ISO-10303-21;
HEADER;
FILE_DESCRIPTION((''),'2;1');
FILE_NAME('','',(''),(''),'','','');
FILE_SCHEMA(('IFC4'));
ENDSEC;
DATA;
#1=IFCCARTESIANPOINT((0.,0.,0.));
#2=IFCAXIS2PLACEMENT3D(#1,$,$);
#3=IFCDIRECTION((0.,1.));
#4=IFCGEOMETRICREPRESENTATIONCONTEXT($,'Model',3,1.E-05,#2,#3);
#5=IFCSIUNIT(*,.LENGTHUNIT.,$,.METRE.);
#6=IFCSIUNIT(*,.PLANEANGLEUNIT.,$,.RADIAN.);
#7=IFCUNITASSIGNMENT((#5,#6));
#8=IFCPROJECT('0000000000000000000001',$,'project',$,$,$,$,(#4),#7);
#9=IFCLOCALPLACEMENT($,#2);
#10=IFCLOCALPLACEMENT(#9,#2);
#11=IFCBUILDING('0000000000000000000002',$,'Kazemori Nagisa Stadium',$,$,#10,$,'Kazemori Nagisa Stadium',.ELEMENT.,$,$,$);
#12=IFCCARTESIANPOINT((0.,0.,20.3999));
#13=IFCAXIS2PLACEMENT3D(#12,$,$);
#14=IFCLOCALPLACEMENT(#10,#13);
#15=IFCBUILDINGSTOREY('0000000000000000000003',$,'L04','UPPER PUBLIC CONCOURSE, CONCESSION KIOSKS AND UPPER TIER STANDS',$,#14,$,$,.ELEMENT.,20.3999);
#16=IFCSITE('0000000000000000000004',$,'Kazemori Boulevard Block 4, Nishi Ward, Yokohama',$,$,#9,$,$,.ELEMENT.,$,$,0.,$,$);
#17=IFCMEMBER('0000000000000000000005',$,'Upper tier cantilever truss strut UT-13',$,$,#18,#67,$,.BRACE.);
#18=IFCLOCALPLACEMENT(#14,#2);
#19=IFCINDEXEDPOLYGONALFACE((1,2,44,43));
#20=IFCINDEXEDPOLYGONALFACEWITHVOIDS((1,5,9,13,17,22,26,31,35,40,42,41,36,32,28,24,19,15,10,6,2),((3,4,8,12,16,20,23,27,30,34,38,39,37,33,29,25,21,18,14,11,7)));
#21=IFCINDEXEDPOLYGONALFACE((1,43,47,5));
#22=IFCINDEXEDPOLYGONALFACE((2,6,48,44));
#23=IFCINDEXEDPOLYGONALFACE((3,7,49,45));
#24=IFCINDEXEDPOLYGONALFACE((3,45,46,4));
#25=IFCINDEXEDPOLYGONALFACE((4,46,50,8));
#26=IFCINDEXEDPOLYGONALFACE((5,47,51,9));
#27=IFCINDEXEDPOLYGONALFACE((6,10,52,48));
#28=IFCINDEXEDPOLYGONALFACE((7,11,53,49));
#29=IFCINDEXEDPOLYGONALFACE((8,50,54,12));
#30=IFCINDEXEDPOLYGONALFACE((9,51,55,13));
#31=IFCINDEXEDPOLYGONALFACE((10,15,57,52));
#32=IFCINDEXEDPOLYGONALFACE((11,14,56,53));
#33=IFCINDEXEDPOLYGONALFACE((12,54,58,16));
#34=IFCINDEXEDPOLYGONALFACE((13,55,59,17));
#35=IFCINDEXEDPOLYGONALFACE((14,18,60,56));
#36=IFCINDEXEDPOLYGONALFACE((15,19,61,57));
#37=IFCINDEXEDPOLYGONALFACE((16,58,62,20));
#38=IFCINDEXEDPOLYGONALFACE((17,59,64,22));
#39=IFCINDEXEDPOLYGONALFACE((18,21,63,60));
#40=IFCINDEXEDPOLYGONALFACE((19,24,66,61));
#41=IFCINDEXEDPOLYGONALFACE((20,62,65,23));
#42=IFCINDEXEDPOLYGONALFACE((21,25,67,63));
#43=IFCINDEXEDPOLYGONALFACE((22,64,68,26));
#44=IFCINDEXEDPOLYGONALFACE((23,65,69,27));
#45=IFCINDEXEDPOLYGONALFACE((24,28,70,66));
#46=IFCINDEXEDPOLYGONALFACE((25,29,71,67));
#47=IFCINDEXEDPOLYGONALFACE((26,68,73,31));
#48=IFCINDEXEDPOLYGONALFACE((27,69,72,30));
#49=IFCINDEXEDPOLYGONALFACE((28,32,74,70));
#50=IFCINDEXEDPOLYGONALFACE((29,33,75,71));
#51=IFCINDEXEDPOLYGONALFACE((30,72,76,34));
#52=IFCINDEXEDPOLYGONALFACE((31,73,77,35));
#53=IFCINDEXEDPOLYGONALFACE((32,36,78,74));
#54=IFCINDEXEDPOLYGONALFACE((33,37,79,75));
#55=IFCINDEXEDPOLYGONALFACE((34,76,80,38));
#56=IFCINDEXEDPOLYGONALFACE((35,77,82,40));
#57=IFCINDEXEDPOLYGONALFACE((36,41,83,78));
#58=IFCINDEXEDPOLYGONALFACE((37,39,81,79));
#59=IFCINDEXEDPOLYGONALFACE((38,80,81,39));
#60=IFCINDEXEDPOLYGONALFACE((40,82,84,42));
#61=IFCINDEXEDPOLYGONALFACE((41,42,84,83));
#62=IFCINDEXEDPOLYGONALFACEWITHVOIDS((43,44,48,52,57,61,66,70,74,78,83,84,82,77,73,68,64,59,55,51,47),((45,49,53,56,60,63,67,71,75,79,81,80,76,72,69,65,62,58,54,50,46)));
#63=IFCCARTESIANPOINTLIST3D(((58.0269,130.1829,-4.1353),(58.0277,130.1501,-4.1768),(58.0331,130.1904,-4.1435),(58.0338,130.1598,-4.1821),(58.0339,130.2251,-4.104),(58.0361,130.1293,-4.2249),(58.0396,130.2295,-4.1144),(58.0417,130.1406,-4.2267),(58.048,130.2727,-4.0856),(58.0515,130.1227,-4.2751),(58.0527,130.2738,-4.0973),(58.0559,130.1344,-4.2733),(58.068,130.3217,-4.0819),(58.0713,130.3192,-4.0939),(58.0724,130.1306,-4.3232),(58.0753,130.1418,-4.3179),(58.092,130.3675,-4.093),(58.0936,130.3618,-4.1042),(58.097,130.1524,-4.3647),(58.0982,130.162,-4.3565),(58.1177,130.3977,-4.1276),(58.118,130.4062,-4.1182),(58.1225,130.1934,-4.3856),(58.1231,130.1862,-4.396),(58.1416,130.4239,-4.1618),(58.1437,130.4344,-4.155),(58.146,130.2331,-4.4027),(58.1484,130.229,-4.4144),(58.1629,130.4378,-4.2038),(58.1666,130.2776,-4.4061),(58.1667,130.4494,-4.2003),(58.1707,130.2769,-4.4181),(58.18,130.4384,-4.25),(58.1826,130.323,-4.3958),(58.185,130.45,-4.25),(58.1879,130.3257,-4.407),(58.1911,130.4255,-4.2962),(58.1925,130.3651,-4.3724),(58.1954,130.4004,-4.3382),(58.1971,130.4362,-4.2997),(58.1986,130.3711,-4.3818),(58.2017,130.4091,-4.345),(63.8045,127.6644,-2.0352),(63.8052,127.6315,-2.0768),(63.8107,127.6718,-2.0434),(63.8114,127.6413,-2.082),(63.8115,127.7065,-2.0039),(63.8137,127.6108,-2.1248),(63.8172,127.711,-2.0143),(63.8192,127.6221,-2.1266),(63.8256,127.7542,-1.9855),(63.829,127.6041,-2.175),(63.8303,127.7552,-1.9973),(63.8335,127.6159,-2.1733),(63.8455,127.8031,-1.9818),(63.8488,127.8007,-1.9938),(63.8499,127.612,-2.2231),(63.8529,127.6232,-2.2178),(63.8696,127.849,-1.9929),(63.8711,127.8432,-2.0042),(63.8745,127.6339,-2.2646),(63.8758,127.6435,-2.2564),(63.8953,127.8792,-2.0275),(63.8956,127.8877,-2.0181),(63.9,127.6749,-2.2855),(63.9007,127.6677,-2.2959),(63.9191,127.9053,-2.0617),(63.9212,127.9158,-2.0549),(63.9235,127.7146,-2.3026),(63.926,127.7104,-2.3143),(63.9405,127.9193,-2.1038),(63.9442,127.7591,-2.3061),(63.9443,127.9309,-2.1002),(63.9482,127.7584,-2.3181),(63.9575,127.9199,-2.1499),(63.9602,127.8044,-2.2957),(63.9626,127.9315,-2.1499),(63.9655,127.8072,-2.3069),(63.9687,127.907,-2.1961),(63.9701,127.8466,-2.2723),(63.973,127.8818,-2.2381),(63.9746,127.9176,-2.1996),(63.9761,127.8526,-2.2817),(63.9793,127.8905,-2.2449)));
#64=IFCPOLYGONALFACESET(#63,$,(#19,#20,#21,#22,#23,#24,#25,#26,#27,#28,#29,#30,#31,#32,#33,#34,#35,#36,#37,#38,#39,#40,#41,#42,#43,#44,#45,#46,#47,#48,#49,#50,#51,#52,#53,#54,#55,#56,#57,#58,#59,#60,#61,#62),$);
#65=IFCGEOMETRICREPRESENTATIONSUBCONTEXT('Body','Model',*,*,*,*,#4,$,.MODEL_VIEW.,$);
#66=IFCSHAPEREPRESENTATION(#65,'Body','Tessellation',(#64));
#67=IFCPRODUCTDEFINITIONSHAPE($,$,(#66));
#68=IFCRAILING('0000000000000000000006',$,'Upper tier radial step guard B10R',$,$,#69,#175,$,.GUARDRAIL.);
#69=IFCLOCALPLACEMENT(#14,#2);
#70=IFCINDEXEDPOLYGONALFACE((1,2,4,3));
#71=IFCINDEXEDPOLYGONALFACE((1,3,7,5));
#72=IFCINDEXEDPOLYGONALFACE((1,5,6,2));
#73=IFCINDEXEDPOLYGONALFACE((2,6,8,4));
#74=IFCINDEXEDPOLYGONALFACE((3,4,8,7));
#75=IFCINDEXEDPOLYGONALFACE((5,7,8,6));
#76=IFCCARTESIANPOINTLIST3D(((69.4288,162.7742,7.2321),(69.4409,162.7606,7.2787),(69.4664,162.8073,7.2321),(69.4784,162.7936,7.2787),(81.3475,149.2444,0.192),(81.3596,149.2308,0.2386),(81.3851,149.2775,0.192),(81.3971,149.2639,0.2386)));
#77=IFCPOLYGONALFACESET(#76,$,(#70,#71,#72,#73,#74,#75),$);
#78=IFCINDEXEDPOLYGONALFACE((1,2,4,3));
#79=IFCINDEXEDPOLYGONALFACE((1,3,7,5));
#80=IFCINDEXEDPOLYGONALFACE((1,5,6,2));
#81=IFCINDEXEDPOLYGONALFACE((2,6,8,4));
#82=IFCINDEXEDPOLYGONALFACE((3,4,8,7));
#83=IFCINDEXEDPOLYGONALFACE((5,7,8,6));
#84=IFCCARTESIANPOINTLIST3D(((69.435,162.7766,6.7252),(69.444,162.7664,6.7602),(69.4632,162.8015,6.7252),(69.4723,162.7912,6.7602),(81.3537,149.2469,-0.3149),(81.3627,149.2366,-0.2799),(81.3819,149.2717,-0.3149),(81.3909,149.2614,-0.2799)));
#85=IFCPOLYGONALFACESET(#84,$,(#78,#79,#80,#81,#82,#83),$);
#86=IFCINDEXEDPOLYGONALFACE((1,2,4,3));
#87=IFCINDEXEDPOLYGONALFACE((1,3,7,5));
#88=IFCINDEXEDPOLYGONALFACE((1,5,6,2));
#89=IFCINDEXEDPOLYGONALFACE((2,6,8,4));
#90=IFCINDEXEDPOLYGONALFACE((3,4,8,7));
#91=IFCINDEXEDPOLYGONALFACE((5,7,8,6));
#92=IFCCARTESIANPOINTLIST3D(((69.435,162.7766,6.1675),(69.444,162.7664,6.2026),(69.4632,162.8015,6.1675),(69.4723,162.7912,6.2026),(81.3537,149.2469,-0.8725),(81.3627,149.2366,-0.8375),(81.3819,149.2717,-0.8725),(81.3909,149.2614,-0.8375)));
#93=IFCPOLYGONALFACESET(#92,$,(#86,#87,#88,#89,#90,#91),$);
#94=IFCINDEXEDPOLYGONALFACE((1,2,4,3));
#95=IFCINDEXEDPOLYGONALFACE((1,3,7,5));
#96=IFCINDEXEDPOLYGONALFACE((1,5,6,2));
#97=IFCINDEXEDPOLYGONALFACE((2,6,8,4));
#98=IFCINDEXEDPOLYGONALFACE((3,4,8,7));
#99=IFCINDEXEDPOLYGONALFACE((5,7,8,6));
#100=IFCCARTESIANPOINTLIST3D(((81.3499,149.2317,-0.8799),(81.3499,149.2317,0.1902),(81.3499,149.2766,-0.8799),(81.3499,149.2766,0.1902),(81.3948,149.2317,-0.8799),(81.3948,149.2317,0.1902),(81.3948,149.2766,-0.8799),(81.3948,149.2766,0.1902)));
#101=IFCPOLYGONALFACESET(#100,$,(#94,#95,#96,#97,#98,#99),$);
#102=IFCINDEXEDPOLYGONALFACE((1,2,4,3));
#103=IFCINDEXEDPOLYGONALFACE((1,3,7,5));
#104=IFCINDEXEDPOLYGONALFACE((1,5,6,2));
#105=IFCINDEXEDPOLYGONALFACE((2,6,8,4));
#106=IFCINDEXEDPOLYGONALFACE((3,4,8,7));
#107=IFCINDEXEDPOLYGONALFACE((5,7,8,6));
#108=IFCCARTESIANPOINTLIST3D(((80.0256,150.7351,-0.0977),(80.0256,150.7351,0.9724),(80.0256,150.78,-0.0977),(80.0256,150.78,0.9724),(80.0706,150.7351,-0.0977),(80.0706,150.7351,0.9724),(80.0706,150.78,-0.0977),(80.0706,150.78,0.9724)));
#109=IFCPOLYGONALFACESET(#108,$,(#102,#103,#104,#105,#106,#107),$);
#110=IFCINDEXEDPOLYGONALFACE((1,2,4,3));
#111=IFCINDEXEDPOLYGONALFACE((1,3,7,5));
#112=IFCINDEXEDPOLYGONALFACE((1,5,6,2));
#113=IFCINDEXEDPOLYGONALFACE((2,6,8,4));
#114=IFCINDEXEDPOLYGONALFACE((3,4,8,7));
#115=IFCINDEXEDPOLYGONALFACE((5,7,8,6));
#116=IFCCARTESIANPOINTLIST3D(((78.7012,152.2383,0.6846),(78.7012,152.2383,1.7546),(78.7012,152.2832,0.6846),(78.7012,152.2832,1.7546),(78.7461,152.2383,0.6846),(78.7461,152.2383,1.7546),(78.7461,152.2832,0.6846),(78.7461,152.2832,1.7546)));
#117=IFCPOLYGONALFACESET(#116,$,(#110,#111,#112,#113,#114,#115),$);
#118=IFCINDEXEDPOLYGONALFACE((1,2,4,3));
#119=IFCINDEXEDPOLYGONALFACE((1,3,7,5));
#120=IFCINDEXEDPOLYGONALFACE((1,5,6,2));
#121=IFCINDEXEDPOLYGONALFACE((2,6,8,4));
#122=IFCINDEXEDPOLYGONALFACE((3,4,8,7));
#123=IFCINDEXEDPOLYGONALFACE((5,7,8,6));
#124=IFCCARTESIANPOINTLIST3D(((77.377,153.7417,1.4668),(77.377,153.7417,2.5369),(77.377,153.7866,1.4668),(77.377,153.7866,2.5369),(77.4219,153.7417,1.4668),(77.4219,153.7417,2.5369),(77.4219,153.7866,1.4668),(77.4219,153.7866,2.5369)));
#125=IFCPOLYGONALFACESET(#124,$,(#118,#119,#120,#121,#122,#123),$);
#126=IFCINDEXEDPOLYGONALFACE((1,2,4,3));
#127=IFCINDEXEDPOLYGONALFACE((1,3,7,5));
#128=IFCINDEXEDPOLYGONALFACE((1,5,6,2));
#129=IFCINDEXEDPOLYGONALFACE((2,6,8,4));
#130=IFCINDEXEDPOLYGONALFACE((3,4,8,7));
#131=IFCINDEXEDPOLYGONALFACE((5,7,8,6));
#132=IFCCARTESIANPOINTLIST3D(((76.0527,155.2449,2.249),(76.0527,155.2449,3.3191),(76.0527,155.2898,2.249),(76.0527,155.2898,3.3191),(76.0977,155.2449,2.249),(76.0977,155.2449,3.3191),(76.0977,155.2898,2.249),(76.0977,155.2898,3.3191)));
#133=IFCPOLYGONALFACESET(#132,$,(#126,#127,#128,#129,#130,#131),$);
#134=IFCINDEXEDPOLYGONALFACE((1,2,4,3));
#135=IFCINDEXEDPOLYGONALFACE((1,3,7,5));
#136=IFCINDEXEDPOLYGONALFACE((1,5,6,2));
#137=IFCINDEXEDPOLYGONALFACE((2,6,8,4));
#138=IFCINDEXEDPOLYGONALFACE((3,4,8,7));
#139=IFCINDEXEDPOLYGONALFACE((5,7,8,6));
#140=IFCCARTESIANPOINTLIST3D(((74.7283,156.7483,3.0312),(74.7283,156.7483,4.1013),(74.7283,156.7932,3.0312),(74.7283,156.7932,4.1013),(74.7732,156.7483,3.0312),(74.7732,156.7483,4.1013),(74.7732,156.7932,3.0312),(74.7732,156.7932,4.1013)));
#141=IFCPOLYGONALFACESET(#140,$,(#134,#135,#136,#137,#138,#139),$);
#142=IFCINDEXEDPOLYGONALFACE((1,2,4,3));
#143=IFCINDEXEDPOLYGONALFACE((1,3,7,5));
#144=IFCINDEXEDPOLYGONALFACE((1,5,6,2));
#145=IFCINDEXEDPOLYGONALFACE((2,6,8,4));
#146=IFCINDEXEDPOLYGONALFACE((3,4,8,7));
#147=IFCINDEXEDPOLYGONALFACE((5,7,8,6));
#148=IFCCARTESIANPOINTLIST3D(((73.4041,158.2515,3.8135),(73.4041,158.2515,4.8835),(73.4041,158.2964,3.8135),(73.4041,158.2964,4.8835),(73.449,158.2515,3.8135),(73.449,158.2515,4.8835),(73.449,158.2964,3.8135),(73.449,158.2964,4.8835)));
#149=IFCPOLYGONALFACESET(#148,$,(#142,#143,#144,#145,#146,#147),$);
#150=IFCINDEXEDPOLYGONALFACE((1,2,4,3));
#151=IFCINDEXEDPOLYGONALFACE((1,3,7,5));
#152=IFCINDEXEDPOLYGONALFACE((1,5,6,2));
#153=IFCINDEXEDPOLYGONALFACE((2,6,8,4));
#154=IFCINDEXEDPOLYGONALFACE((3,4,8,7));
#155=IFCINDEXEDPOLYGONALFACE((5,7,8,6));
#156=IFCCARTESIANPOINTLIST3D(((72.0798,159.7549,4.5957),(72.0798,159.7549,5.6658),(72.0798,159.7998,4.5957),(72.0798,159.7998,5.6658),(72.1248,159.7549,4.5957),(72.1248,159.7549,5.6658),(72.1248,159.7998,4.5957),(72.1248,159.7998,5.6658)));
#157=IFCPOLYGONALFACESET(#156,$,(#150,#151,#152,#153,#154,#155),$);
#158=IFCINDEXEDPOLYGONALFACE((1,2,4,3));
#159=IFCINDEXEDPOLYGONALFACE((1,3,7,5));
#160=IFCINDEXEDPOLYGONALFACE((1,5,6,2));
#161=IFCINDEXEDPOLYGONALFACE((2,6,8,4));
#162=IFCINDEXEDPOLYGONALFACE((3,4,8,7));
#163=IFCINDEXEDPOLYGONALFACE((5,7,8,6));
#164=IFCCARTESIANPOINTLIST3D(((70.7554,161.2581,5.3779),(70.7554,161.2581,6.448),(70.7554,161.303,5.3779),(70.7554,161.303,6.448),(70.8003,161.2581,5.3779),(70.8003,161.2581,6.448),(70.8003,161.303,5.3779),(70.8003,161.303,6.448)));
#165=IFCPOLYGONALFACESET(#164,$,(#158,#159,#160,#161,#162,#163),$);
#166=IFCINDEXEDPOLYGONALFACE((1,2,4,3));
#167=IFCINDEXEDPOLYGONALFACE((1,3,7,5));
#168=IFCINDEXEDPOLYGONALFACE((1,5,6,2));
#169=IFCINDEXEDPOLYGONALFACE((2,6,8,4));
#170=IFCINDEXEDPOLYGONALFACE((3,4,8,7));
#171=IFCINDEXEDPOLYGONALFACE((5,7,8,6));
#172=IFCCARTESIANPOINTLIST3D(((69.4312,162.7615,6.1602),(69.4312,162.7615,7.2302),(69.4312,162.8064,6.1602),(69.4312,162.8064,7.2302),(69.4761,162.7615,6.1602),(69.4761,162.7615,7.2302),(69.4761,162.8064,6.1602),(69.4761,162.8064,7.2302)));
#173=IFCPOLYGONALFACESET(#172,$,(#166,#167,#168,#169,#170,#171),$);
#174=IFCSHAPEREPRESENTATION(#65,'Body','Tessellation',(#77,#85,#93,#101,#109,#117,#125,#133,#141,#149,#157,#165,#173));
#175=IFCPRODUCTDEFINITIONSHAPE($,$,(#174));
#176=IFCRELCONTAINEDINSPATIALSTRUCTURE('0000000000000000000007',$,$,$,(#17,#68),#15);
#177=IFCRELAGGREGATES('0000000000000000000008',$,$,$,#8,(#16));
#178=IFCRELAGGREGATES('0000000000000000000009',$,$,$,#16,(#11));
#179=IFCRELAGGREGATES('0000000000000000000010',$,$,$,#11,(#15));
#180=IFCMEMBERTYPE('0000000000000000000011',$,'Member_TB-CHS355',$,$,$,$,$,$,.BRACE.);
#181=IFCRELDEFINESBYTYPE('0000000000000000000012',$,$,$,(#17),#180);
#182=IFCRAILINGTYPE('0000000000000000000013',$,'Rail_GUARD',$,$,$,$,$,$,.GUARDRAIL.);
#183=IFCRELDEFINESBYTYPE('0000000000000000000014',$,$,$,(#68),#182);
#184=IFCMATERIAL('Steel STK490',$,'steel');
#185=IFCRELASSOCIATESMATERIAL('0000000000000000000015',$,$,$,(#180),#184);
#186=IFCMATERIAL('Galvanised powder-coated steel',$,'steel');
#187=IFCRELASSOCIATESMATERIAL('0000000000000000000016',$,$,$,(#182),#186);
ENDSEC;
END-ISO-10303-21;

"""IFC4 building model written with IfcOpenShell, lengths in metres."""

from ifc_helpers import new_model, si_unit, direction, frame, origin, origin_2d, place, context, subcontext, project, spatial, rectangle, hollow_circle, extrude, material, material_profile, profile_set, type_object, element, save


model = new_model("IFC4")

# Units and contexts
model_context = context("Model", 3, precision=1e-05, world=origin(), true_north=direction((0.0, 1.0)))
body_context = subcontext(model_context, "Body", "Model", "MODEL_VIEW")
ifc_project = project(units=[si_unit("LENGTHUNIT", "METRE"), si_unit("PLANEANGLEUNIT", "RADIAN")], contexts=[model_context])

# Site, building, storey
site_placement = place(None, origin())
site = spatial("IfcSite", under=ifc_project, at=site_placement, Name="Kazemori Boulevard Block 4, Nishi Ward, Yokohama", CompositionType="ELEMENT", RefElevation=0.0)
building_placement = place(site_placement, origin())
building = spatial("IfcBuilding", under=site, at=building_placement, Name="Kazemori Nagisa Stadium", LongName="Kazemori Nagisa Stadium", CompositionType="ELEMENT")
storey_placement = place(building_placement, frame((0.0, 0.0, 20.3999)))
storey = spatial("IfcBuildingStorey", under=building, at=storey_placement, Name="L04", Description="UPPER PUBLIC CONCOURSE, CONCESSION KIOSKS AND UPPER TIER STANDS", CompositionType="ELEMENT", Elevation=20.3999)

# Member
ifc_material_1 = material(Name="Steel STK490", Category="steel")
ifc_material_profile_1 = material_profile(ifc_material_1, hollow_circle(Radius=0.1777, WallThickness=0.0127, at=origin_2d()), Name="CHS-355.6x12.7")
ifc_profile_set_1 = profile_set([ifc_material_profile_1], Name="Steel STK490")
member_type = type_object("IfcMemberType", Name="Member_TB-CHS355", PredefinedType="BRACE", material=ifc_profile_set_1)
member_1_placement = place(storey_placement, frame((58.114, 130.2871, -4.25), z_axis=(0.86968, -0.379109, 0.31612), x_axis=(0.399601, 0.916689, 0.0)))
element("IfcMember", 1, at=member_1_placement, inside=storey, type_object=member_type, Name="Upper tier cantilever truss strut UT-13", PredefinedType="BRACE", context=body_context, shape_type="SweptSolid", body=[
    extrude(hollow_circle(Radius=0.1777, WallThickness=0.0127, at=origin_2d()), origin(), (0.0, 0.0, 1.0), 6.6433),
])

# Railing
ifc_material_2 = material(Name="Galvanised powder-coated steel", Category="steel")
railing_type = type_object("IfcRailingType", Name="Rail_GUARD", PredefinedType="GUARDRAIL", material=ifc_material_2)
railing_1_placement = place(storey_placement, frame((81.3723, 149.2542, -0.8799)))
element("IfcRailing", 2, at=railing_1_placement, inside=storey, type_object=railing_type, Name="Upper tier radial step guard B10R", PredefinedType="GUARDRAIL", context=body_context, shape_type="SweptSolid", body=[
    extrude(rectangle(XDim=0.05, YDim=0.05, at=origin_2d()), frame((0.0, 0.0, 1.0952), z_axis=(-0.615748, 0.69898, 0.363705), x_axis=(-0.75037, -0.661018, 0.0)), (0.0, 0.0, 1.0), 19.3564),
    extrude(rectangle(XDim=0.0376, YDim=0.0376, at=origin_2d()), frame((0.0, 0.0, 0.5825), z_axis=(-0.615748, 0.69898, 0.363705), x_axis=(-0.75037, -0.661018, 0.0)), (0.0, 0.0, 1.0), 19.3564),
    extrude(rectangle(XDim=0.0376, YDim=0.0376, at=origin_2d()), frame((0.0, 0.0, 0.0249), z_axis=(-0.615748, 0.69898, 0.363705), x_axis=(-0.75037, -0.661018, 0.0)), (0.0, 0.0, 1.0), 19.3564),
    extrude(rectangle(XDim=0.0449, YDim=0.0449, at=origin_2d()), origin(), (0.0, 0.0, 1.0), 1.0701),
    extrude(rectangle(XDim=0.0449, YDim=0.0449, at=origin_2d()), frame((-1.3242, 1.5034, 0.7822)), (0.0, 0.0, 1.0), 1.0701),
    extrude(rectangle(XDim=0.0449, YDim=0.0449, at=origin_2d()), frame((-2.6487, 3.0066, 1.5645)), (0.0, 0.0, 1.0), 1.0701),
    extrude(rectangle(XDim=0.0449, YDim=0.0449, at=origin_2d()), frame((-3.9729, 4.51, 2.3467)), (0.0, 0.0, 1.0), 1.0701),
    extrude(rectangle(XDim=0.0449, YDim=0.0449, at=origin_2d()), frame((-5.2971, 6.0132, 3.1289)), (0.0, 0.0, 1.0), 1.0701),
    extrude(rectangle(XDim=0.0449, YDim=0.0449, at=origin_2d()), frame((-6.6216, 7.5166, 3.9111)), (0.0, 0.0, 1.0), 1.0701),
    extrude(rectangle(XDim=0.0449, YDim=0.0449, at=origin_2d()), frame((-7.9458, 9.0198, 4.6934)), (0.0, 0.0, 1.0), 1.0701),
    extrude(rectangle(XDim=0.0449, YDim=0.0449, at=origin_2d()), frame((-9.27, 10.5232, 5.4756)), (0.0, 0.0, 1.0), 1.0701),
    extrude(rectangle(XDim=0.0449, YDim=0.0449, at=origin_2d()), frame((-10.5945, 12.0264, 6.2578)), (0.0, 0.0, 1.0), 1.0701),
    extrude(rectangle(XDim=0.0449, YDim=0.0449, at=origin_2d()), frame((-11.9187, 13.5298, 7.04)), (0.0, 0.0, 1.0), 1.0701),
])

save(model, "model.ifc")
